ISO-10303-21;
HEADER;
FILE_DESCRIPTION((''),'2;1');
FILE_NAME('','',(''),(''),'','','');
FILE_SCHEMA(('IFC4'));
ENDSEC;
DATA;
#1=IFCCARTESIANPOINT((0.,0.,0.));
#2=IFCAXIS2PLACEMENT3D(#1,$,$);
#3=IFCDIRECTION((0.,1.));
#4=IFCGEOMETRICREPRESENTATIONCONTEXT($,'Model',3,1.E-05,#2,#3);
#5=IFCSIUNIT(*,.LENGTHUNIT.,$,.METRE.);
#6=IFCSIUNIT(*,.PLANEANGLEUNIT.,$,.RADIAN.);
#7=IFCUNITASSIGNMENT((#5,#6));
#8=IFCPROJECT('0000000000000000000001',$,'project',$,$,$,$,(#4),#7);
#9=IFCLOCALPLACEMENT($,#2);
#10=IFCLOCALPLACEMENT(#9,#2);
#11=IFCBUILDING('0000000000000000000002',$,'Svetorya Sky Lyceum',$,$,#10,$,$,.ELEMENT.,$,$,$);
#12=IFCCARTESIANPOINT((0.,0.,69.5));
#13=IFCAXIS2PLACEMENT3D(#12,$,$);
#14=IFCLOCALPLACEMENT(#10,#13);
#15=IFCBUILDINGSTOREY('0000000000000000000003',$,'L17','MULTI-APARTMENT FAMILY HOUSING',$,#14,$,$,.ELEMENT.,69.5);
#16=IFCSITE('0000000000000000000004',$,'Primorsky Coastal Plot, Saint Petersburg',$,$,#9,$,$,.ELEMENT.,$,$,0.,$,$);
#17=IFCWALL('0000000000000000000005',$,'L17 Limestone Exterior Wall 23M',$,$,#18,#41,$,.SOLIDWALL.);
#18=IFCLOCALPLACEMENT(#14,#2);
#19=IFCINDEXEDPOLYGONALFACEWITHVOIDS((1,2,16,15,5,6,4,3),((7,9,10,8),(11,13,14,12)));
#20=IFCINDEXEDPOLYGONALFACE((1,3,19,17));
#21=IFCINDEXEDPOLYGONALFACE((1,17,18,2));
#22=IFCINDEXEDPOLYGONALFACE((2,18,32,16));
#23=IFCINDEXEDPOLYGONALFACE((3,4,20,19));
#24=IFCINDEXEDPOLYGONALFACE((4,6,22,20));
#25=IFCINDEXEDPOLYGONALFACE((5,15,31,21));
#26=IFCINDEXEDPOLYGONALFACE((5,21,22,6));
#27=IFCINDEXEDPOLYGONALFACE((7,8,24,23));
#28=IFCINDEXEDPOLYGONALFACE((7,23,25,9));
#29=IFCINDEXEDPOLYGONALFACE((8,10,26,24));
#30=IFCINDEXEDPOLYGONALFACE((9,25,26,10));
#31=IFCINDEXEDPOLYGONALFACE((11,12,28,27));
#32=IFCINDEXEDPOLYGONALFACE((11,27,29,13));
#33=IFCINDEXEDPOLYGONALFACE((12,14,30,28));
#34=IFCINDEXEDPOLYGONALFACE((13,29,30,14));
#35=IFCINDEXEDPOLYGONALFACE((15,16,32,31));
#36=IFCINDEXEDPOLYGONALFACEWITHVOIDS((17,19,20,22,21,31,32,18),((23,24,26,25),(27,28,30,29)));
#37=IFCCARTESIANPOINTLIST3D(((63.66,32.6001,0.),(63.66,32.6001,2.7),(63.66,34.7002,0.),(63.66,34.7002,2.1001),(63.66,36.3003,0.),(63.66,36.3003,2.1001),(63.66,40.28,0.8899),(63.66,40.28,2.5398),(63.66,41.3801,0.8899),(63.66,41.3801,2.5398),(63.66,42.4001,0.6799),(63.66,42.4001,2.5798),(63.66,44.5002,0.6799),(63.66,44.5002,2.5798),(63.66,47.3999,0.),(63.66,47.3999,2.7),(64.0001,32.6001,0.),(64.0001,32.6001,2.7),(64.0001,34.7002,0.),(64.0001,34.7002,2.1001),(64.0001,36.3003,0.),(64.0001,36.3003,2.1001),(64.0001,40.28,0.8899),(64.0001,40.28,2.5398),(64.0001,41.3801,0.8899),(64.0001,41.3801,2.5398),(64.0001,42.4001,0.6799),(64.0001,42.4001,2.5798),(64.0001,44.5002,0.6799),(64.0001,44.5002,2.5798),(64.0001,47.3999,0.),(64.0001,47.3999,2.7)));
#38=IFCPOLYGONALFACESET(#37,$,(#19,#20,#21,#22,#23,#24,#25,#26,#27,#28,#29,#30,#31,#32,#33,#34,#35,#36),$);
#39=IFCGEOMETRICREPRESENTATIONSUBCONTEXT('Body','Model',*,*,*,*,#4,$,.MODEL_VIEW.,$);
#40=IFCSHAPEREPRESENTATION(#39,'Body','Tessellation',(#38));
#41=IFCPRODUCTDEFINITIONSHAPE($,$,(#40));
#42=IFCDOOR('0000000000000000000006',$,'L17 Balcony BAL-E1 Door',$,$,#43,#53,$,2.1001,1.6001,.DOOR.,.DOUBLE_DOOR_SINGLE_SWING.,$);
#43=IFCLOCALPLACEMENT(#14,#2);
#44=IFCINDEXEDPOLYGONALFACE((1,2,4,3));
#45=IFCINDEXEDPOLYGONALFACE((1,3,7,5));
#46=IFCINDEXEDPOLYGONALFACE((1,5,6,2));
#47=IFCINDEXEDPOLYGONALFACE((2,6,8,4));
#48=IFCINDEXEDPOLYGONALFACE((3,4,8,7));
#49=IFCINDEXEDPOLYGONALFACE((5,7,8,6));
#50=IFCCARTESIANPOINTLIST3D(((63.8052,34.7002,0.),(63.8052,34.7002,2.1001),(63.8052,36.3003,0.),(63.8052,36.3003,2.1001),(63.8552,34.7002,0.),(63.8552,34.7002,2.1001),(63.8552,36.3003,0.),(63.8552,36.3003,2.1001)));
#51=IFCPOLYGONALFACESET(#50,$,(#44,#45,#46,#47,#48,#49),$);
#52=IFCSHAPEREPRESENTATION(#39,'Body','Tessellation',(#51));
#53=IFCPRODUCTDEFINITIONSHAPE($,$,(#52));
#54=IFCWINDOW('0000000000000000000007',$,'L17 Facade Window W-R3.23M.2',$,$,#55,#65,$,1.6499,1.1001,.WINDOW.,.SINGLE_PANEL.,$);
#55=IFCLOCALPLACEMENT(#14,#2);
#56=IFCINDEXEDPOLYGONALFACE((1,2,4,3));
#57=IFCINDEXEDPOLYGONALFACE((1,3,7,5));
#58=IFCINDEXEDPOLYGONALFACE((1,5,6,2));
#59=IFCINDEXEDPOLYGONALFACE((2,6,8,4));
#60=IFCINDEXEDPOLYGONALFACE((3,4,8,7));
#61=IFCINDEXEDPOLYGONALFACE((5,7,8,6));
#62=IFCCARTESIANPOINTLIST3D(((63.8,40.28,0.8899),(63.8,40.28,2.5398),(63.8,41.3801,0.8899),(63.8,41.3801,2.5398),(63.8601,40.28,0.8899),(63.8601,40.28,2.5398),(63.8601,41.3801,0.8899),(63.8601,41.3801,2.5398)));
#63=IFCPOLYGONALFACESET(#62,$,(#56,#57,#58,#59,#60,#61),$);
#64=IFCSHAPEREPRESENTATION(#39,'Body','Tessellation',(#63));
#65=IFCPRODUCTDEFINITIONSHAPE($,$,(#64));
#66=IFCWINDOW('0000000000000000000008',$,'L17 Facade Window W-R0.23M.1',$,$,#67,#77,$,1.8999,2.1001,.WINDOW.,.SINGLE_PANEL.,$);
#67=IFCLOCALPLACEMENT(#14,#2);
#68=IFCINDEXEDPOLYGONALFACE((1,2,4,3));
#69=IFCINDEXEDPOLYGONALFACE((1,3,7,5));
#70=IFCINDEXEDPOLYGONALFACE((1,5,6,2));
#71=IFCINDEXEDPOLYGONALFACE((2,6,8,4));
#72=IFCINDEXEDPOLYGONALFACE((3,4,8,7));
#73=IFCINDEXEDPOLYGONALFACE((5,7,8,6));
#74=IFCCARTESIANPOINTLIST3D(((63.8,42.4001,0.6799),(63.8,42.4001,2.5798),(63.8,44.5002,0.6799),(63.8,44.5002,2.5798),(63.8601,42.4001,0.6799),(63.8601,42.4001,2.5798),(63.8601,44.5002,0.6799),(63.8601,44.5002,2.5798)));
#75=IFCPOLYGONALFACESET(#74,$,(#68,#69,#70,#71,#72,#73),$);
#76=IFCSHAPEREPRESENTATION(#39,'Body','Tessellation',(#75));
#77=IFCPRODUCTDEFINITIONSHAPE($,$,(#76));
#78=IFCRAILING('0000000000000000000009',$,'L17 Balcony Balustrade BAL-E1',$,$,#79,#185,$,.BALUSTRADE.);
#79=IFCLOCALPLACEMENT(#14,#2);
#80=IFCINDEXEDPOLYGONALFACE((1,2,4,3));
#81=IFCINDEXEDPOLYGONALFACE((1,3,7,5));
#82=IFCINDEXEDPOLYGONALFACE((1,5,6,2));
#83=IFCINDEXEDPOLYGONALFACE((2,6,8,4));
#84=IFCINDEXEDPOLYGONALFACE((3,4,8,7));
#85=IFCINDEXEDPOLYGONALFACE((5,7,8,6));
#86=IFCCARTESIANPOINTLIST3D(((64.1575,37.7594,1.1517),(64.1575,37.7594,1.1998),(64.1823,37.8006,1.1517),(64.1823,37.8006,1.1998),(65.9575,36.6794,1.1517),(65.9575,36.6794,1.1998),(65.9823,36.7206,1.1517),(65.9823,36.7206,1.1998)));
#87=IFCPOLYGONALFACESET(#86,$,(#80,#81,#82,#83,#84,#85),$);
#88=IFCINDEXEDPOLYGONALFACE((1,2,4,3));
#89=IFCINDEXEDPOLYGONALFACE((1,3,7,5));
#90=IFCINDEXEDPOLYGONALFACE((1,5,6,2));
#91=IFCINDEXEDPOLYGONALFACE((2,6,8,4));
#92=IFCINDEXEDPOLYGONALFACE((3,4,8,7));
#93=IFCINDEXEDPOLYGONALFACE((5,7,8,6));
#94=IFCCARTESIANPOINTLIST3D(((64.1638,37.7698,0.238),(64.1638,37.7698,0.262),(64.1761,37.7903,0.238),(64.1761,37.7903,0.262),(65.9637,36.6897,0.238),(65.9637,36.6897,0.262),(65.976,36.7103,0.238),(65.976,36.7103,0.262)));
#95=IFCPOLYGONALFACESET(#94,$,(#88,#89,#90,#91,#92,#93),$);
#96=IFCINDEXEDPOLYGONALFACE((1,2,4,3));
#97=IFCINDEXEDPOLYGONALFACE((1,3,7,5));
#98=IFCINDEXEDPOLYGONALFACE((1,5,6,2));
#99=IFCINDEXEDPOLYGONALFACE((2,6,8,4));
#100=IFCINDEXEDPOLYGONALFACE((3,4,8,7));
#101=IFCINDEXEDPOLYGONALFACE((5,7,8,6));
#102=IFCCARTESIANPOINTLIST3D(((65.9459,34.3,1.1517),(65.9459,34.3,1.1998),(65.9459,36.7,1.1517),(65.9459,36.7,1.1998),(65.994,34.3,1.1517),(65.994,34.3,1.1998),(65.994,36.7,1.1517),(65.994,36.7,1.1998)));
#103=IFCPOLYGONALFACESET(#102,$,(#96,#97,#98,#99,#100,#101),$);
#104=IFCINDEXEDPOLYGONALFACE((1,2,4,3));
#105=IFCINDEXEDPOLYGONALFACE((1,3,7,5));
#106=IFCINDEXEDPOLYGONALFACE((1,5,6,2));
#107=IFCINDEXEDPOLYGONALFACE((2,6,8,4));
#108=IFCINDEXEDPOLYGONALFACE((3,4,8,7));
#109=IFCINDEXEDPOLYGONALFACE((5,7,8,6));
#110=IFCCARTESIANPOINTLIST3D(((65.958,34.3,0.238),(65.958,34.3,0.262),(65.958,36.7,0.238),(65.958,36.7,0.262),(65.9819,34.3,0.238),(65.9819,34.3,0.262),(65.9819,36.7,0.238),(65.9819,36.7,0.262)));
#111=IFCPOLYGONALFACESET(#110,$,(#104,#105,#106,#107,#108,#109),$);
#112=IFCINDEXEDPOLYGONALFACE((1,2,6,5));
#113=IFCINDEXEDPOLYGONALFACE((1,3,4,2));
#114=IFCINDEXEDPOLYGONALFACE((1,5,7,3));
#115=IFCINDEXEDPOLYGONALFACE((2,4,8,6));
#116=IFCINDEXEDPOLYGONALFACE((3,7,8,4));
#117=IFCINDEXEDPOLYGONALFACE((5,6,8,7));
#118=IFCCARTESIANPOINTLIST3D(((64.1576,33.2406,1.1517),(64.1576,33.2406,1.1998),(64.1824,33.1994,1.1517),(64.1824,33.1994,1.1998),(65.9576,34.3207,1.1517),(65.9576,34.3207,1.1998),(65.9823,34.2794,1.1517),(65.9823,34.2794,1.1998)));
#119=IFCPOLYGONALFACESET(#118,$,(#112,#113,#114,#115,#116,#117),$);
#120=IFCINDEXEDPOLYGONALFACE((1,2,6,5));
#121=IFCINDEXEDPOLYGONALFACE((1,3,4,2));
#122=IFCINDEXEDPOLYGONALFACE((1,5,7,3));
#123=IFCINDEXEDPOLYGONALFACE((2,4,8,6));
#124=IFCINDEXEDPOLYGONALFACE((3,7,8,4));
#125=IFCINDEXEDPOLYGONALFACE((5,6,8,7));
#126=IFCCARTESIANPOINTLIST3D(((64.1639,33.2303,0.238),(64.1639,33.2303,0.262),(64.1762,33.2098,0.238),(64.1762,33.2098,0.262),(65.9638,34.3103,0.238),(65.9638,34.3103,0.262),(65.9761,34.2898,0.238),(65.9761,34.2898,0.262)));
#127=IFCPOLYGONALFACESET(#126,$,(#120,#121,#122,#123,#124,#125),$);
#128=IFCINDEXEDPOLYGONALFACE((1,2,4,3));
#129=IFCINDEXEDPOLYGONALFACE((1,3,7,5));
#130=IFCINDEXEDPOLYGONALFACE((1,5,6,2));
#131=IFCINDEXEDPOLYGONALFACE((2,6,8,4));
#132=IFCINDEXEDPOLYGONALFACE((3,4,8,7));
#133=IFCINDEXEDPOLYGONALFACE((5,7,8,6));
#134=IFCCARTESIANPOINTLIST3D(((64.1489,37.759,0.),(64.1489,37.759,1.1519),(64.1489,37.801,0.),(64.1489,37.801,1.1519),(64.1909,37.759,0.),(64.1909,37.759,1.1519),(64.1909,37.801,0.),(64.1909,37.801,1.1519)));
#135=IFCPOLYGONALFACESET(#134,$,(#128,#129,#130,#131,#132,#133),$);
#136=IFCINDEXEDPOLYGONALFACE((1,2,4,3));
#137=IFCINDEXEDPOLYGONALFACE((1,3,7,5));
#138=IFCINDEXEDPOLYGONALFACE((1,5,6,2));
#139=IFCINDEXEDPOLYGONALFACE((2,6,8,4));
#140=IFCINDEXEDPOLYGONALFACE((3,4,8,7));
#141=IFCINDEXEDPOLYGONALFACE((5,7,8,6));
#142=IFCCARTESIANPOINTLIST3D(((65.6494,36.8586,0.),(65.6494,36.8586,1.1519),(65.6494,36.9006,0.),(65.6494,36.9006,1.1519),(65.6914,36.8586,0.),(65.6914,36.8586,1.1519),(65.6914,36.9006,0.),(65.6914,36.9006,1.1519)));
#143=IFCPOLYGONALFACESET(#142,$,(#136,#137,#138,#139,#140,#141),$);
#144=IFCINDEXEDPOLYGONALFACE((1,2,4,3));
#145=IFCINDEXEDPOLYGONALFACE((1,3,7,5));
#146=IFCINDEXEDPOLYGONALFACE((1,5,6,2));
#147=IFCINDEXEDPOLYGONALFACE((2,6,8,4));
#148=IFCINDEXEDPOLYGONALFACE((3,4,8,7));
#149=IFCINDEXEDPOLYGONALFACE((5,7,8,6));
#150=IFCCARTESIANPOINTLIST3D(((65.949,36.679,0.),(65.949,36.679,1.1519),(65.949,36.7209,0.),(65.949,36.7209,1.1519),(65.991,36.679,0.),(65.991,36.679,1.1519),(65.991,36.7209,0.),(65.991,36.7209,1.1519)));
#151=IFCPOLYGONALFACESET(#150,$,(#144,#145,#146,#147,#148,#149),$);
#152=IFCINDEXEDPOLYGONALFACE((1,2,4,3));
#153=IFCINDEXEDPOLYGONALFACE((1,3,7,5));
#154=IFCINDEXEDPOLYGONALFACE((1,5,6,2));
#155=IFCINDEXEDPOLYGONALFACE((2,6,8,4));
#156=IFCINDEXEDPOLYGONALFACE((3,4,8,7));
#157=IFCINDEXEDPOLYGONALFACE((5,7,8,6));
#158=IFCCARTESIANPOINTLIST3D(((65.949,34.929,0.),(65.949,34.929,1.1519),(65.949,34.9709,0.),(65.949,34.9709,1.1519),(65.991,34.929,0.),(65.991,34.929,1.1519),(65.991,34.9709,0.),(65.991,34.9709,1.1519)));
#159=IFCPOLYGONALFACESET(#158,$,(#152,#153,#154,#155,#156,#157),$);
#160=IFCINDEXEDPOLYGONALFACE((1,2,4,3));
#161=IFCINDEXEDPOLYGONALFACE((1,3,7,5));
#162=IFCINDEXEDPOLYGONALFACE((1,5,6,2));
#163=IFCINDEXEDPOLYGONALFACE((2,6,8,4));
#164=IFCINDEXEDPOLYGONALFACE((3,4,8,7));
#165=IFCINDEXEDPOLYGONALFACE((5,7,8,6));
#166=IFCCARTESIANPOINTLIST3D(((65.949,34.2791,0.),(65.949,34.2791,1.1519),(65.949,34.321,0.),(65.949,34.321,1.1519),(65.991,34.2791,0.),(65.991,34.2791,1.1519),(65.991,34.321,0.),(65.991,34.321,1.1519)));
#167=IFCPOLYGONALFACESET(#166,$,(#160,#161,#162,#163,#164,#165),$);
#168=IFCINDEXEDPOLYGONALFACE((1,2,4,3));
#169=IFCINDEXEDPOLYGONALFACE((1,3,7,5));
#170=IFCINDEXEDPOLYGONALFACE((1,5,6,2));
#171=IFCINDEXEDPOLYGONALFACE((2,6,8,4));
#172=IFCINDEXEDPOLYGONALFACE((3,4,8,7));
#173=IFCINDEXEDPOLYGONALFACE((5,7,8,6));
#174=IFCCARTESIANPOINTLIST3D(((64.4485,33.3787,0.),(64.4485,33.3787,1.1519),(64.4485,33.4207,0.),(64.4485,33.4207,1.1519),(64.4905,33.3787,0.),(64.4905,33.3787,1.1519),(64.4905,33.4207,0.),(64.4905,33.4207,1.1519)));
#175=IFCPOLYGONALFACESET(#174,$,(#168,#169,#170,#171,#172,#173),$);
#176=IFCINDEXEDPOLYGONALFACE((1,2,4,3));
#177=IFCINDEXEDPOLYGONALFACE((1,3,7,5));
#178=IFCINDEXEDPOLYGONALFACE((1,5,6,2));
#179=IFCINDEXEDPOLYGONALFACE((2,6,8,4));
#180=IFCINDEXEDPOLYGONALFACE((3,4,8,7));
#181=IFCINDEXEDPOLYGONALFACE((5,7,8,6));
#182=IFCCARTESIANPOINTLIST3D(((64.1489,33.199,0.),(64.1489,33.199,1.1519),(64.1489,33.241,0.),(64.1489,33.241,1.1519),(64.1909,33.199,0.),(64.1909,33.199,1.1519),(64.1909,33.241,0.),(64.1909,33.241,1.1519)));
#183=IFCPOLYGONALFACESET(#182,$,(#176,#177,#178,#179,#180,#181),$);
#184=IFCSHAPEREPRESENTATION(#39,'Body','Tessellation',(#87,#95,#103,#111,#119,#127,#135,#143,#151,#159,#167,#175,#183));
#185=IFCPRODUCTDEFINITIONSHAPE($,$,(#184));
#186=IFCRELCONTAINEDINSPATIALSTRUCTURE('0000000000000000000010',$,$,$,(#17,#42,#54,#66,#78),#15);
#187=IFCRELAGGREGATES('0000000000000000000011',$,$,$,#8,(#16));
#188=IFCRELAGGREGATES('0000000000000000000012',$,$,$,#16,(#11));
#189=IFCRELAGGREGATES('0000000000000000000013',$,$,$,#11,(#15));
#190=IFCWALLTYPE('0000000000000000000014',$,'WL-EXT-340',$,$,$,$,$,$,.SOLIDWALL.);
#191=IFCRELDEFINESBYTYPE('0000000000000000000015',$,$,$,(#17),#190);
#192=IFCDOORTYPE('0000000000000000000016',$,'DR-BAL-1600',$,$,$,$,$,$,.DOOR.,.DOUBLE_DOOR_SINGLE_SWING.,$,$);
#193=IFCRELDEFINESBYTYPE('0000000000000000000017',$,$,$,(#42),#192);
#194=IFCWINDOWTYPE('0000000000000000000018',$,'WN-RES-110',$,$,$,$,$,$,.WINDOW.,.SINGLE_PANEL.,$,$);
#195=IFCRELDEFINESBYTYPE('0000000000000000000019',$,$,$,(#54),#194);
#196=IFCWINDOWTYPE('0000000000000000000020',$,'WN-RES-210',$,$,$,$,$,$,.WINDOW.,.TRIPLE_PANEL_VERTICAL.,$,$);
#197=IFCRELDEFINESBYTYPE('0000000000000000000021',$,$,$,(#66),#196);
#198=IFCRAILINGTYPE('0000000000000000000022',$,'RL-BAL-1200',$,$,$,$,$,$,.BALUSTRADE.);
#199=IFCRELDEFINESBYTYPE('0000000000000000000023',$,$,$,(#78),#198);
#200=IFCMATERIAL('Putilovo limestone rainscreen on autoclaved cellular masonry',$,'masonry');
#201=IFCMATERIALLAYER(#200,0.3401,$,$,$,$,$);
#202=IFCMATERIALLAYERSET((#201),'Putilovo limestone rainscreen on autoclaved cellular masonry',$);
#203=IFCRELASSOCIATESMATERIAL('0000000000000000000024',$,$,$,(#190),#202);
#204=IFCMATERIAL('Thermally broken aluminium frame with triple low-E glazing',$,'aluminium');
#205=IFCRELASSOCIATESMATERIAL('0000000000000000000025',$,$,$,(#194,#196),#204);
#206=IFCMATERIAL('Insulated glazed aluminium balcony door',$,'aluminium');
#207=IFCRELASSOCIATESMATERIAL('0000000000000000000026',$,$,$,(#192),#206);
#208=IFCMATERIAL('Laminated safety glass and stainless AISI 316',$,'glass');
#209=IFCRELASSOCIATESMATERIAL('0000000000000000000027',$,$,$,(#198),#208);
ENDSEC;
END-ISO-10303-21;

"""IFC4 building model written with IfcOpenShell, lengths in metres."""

from ifc_helpers import new_model, si_unit, direction, frame, frame_2d, origin, origin_2d, place, context, subcontext, project, spatial, rectangle, extrude, material, layer, layer_set, type_object, element, fill, save


model = new_model("IFC4")

# Units and contexts
model_context = context("Model", 3, precision=1e-05, world=origin(), true_north=direction((0.0, 1.0)))
body_context = subcontext(model_context, "Body", "Model", "MODEL_VIEW")
ifc_project = project(units=[si_unit("LENGTHUNIT", "METRE"), si_unit("PLANEANGLEUNIT", "RADIAN")], contexts=[model_context])

# Site, building, storey
site_placement = place(None, origin())
site = spatial("IfcSite", under=ifc_project, at=site_placement, Name="Primorsky Coastal Plot, Saint Petersburg", CompositionType="ELEMENT", RefElevation=0.0)
building_placement = place(site_placement, origin())
building = spatial("IfcBuilding", under=site, at=building_placement, Name="Svetorya Sky Lyceum", CompositionType="ELEMENT")
storey_placement = place(building_placement, frame((0.0, 0.0, 69.5)))
storey = spatial("IfcBuildingStorey", under=building, at=storey_placement, Name="L17", Description="MULTI-APARTMENT FAMILY HOUSING", CompositionType="ELEMENT", Elevation=69.5)

# Shared definitions
ifc_material_1 = material(Name="Putilovo limestone rainscreen on autoclaved cellular masonry", Category="masonry")
ifc_layer = layer(ifc_material_1, 0.3401)
ifc_layer_set = layer_set([ifc_layer], Name="Putilovo limestone rainscreen on autoclaved cellular masonry")
wall_type = type_object("IfcWallType", Name="WL-EXT-340", PredefinedType="SOLIDWALL", material=ifc_layer_set)

# Shared definitions
ifc_material_2 = material(Name="Thermally broken aluminium frame with triple low-E glazing", Category="aluminium")
window_type_1 = type_object("IfcWindowType", Name="WN-RES-110", PartitioningType="SINGLE_PANEL", PredefinedType="WINDOW", material=ifc_material_2)

# Wall, openings, door, windows
wall_1_placement = place(storey_placement, frame((63.8301, 32.6001, 0.0), z_axis=(0.0, 0.0, 1.0), x_axis=(0.0, 1.0, 0.0)))
wall_1 = element("IfcWall", 1, at=wall_1_placement, inside=storey, type_object=wall_type, Name="L17 Limestone Exterior Wall 23M", PredefinedType="SOLIDWALL", context=body_context, shape_type="SweptSolid", body=[
    extrude(rectangle(XDim=14.7998, YDim=0.3401, at=frame_2d((7.3999, 0.0))), origin(), (0.0, 0.0, 1.0), 2.7),
])
opening_1_placement = place(wall_1_placement, frame((2.1001, 0.0, 0.0)))
opening_1 = element("IfcOpeningElement", 2, at=opening_1_placement, cuts=wall_1, PredefinedType="OPENING", context=body_context, shape_type="SweptSolid", body=[
    extrude(rectangle(XDim=1.6001, YDim=2.1001, at=frame_2d((0.8, 1.05))), frame((0.0, 0.1799, 0.0), z_axis=(0.0, -1.0, 0.0), x_axis=(1.0, 0.0, 0.0)), (0.0, 0.0, 1.0), 0.3601),
])
opening_2_placement = place(wall_1_placement, frame((7.6799, 0.0, 0.8899)))
opening_2 = element("IfcOpeningElement", 3, at=opening_2_placement, cuts=wall_1, PredefinedType="OPENING", context=body_context, shape_type="SweptSolid", body=[
    extrude(rectangle(XDim=1.1001, YDim=1.6499, at=frame_2d((0.55, 0.825))), frame((0.0, 0.1799, 0.0), z_axis=(0.0, -1.0, 0.0), x_axis=(1.0, 0.0, 0.0)), (0.0, 0.0, 1.0), 0.3601),
])
opening_3_placement = place(wall_1_placement, frame((9.8, 0.0, 0.6799)))
opening_3 = element("IfcOpeningElement", 4, at=opening_3_placement, cuts=wall_1, PredefinedType="OPENING", context=body_context, shape_type="SweptSolid", body=[
    extrude(rectangle(XDim=2.1001, YDim=1.8999, at=frame_2d((1.05, 0.95))), frame((0.0, 0.1799, 0.0), z_axis=(0.0, -1.0, 0.0), x_axis=(1.0, 0.0, 0.0)), (0.0, 0.0, 1.0), 0.3601),
])
ifc_material_3 = material(Name="Insulated glazed aluminium balcony door", Category="aluminium")
door_type = type_object("IfcDoorType", Name="DR-BAL-1600", OperationType="DOUBLE_DOOR_SINGLE_SWING", PredefinedType="DOOR", material=ifc_material_3)
door_placement = place(opening_1_placement, origin())
door = element("IfcDoor", 5, at=door_placement, inside=storey, type_object=door_type, Name="L17 Balcony BAL-E1 Door", OperationType="DOUBLE_DOOR_SINGLE_SWING", OverallHeight=2.1001, OverallWidth=1.6001, PredefinedType="DOOR", context=body_context, shape_type="SweptSolid", body=[
    extrude(rectangle(XDim=1.6001, YDim=2.1001, at=frame_2d((0.8, 1.05))), frame((0.0, 0.0249, 0.0), z_axis=(0.0, -1.0, 0.0), x_axis=(1.0, 0.0, 0.0)), (0.0, 0.0, 1.0), 0.05),
])
fill(opening_1, door)
window_1_placement = place(opening_2_placement, origin())
window_1 = element("IfcWindow", 6, at=window_1_placement, inside=storey, type_object=window_type_1, Name="L17 Facade Window W-R3.23M.2", OverallHeight=1.6499, OverallWidth=1.1001, PartitioningType="SINGLE_PANEL", PredefinedType="WINDOW", context=body_context, shape_type="SweptSolid", body=[
    extrude(rectangle(XDim=1.1001, YDim=1.6499, at=frame_2d((0.55, 0.825))), frame((0.0, 0.03, 0.0), z_axis=(0.0, -1.0, 0.0), x_axis=(1.0, 0.0, 0.0)), (0.0, 0.0, 1.0), 0.0601),
])
fill(opening_2, window_1)
window_type_2 = type_object("IfcWindowType", Name="WN-RES-210", PartitioningType="TRIPLE_PANEL_VERTICAL", PredefinedType="WINDOW", material=ifc_material_2)
window_2_placement = place(opening_3_placement, origin())
window_2 = element("IfcWindow", 7, at=window_2_placement, inside=storey, type_object=window_type_2, Name="L17 Facade Window W-R0.23M.1", OverallHeight=1.8999, OverallWidth=2.1001, PartitioningType="SINGLE_PANEL", PredefinedType="WINDOW", context=body_context, shape_type="SweptSolid", body=[
    extrude(rectangle(XDim=2.1001, YDim=1.8999, at=frame_2d((1.05, 0.95))), frame((0.0, 0.03, 0.0), z_axis=(0.0, -1.0, 0.0), x_axis=(1.0, 0.0, 0.0)), (0.0, 0.0, 1.0), 0.0601),
])
fill(opening_3, window_2)

# Railing
ifc_material_4 = material(Name="Laminated safety glass and stainless AISI 316", Category="glass")
railing_type = type_object("IfcRailingType", Name="RL-BAL-1200", PredefinedType="BALUSTRADE", material=ifc_material_4)
railing_placement = place(storey_placement, frame((64.1699, 37.78, 0.0)))
element("IfcRailing", 8, at=railing_placement, inside=storey, type_object=railing_type, Name="L17 Balcony Balustrade BAL-E1", PredefinedType="BALUSTRADE", context=body_context, shape_type="SweptSolid", body=[
    extrude(rectangle(XDim=0.0481, YDim=0.0481, at=origin_2d()), frame((0.0, 0.0, 1.1758), z_axis=(0.857483, -0.514513, 0.0), x_axis=(0.514513, 0.857483, 0.0)), (0.0, 0.0, 1.0), 2.0991),
    extrude(rectangle(XDim=0.0239, YDim=0.0239, at=origin_2d()), frame((0.0, 0.0, 0.25), z_axis=(0.857483, -0.514513, 0.0), x_axis=(0.514513, 0.857483, 0.0)), (0.0, 0.0, 1.0), 2.0991),
    extrude(rectangle(XDim=0.0481, YDim=0.0481, at=origin_2d()), frame((1.8, -1.0801, 1.1758), z_axis=(0.0, -1.0, 0.0), x_axis=(1.0, 0.0, 0.0)), (0.0, 0.0, 1.0), 2.3999),
    extrude(rectangle(XDim=0.0239, YDim=0.0239, at=origin_2d()), frame((1.8, -1.0801, 0.25), z_axis=(0.0, -1.0, 0.0), x_axis=(1.0, 0.0, 0.0)), (0.0, 0.0, 1.0), 2.3999),
    extrude(rectangle(XDim=0.0481, YDim=0.0481, at=origin_2d()), frame((1.8, -3.48, 1.1758), z_axis=(-0.857483, -0.514513, 0.0), x_axis=(0.514513, -0.857483, 0.0)), (0.0, 0.0, 1.0), 2.0991),
    extrude(rectangle(XDim=0.0239, YDim=0.0239, at=origin_2d()), frame((1.8, -3.48, 0.25), z_axis=(-0.857483, -0.514513, 0.0), x_axis=(0.514513, -0.857483, 0.0)), (0.0, 0.0, 1.0), 2.0991),
    extrude(rectangle(XDim=0.042, YDim=0.042, at=origin_2d()), origin(), (0.0, 0.0, 1.0), 1.1519),
    extrude(rectangle(XDim=0.042, YDim=0.042, at=origin_2d()), frame((1.5005, -0.9004, 0.0)), (0.0, 0.0, 1.0), 1.1519),
    extrude(rectangle(XDim=0.042, YDim=0.042, at=origin_2d()), frame((1.8, -1.0801, 0.0)), (0.0, 0.0, 1.0), 1.1519),
    extrude(rectangle(XDim=0.042, YDim=0.042, at=origin_2d()), frame((1.8, -2.8301, 0.0)), (0.0, 0.0, 1.0), 1.1519),
    extrude(rectangle(XDim=0.042, YDim=0.042, at=origin_2d()), frame((1.8, -3.48, 0.0)), (0.0, 0.0, 1.0), 1.1519),
    extrude(rectangle(XDim=0.042, YDim=0.042, at=origin_2d()), frame((0.2996, -4.3804, 0.0)), (0.0, 0.0, 1.0), 1.1519),
    extrude(rectangle(XDim=0.042, YDim=0.042, at=origin_2d()), frame((0.0, -4.5601, 0.0)), (0.0, 0.0, 1.0), 1.1519),
])

save(model, "model.ifc")
